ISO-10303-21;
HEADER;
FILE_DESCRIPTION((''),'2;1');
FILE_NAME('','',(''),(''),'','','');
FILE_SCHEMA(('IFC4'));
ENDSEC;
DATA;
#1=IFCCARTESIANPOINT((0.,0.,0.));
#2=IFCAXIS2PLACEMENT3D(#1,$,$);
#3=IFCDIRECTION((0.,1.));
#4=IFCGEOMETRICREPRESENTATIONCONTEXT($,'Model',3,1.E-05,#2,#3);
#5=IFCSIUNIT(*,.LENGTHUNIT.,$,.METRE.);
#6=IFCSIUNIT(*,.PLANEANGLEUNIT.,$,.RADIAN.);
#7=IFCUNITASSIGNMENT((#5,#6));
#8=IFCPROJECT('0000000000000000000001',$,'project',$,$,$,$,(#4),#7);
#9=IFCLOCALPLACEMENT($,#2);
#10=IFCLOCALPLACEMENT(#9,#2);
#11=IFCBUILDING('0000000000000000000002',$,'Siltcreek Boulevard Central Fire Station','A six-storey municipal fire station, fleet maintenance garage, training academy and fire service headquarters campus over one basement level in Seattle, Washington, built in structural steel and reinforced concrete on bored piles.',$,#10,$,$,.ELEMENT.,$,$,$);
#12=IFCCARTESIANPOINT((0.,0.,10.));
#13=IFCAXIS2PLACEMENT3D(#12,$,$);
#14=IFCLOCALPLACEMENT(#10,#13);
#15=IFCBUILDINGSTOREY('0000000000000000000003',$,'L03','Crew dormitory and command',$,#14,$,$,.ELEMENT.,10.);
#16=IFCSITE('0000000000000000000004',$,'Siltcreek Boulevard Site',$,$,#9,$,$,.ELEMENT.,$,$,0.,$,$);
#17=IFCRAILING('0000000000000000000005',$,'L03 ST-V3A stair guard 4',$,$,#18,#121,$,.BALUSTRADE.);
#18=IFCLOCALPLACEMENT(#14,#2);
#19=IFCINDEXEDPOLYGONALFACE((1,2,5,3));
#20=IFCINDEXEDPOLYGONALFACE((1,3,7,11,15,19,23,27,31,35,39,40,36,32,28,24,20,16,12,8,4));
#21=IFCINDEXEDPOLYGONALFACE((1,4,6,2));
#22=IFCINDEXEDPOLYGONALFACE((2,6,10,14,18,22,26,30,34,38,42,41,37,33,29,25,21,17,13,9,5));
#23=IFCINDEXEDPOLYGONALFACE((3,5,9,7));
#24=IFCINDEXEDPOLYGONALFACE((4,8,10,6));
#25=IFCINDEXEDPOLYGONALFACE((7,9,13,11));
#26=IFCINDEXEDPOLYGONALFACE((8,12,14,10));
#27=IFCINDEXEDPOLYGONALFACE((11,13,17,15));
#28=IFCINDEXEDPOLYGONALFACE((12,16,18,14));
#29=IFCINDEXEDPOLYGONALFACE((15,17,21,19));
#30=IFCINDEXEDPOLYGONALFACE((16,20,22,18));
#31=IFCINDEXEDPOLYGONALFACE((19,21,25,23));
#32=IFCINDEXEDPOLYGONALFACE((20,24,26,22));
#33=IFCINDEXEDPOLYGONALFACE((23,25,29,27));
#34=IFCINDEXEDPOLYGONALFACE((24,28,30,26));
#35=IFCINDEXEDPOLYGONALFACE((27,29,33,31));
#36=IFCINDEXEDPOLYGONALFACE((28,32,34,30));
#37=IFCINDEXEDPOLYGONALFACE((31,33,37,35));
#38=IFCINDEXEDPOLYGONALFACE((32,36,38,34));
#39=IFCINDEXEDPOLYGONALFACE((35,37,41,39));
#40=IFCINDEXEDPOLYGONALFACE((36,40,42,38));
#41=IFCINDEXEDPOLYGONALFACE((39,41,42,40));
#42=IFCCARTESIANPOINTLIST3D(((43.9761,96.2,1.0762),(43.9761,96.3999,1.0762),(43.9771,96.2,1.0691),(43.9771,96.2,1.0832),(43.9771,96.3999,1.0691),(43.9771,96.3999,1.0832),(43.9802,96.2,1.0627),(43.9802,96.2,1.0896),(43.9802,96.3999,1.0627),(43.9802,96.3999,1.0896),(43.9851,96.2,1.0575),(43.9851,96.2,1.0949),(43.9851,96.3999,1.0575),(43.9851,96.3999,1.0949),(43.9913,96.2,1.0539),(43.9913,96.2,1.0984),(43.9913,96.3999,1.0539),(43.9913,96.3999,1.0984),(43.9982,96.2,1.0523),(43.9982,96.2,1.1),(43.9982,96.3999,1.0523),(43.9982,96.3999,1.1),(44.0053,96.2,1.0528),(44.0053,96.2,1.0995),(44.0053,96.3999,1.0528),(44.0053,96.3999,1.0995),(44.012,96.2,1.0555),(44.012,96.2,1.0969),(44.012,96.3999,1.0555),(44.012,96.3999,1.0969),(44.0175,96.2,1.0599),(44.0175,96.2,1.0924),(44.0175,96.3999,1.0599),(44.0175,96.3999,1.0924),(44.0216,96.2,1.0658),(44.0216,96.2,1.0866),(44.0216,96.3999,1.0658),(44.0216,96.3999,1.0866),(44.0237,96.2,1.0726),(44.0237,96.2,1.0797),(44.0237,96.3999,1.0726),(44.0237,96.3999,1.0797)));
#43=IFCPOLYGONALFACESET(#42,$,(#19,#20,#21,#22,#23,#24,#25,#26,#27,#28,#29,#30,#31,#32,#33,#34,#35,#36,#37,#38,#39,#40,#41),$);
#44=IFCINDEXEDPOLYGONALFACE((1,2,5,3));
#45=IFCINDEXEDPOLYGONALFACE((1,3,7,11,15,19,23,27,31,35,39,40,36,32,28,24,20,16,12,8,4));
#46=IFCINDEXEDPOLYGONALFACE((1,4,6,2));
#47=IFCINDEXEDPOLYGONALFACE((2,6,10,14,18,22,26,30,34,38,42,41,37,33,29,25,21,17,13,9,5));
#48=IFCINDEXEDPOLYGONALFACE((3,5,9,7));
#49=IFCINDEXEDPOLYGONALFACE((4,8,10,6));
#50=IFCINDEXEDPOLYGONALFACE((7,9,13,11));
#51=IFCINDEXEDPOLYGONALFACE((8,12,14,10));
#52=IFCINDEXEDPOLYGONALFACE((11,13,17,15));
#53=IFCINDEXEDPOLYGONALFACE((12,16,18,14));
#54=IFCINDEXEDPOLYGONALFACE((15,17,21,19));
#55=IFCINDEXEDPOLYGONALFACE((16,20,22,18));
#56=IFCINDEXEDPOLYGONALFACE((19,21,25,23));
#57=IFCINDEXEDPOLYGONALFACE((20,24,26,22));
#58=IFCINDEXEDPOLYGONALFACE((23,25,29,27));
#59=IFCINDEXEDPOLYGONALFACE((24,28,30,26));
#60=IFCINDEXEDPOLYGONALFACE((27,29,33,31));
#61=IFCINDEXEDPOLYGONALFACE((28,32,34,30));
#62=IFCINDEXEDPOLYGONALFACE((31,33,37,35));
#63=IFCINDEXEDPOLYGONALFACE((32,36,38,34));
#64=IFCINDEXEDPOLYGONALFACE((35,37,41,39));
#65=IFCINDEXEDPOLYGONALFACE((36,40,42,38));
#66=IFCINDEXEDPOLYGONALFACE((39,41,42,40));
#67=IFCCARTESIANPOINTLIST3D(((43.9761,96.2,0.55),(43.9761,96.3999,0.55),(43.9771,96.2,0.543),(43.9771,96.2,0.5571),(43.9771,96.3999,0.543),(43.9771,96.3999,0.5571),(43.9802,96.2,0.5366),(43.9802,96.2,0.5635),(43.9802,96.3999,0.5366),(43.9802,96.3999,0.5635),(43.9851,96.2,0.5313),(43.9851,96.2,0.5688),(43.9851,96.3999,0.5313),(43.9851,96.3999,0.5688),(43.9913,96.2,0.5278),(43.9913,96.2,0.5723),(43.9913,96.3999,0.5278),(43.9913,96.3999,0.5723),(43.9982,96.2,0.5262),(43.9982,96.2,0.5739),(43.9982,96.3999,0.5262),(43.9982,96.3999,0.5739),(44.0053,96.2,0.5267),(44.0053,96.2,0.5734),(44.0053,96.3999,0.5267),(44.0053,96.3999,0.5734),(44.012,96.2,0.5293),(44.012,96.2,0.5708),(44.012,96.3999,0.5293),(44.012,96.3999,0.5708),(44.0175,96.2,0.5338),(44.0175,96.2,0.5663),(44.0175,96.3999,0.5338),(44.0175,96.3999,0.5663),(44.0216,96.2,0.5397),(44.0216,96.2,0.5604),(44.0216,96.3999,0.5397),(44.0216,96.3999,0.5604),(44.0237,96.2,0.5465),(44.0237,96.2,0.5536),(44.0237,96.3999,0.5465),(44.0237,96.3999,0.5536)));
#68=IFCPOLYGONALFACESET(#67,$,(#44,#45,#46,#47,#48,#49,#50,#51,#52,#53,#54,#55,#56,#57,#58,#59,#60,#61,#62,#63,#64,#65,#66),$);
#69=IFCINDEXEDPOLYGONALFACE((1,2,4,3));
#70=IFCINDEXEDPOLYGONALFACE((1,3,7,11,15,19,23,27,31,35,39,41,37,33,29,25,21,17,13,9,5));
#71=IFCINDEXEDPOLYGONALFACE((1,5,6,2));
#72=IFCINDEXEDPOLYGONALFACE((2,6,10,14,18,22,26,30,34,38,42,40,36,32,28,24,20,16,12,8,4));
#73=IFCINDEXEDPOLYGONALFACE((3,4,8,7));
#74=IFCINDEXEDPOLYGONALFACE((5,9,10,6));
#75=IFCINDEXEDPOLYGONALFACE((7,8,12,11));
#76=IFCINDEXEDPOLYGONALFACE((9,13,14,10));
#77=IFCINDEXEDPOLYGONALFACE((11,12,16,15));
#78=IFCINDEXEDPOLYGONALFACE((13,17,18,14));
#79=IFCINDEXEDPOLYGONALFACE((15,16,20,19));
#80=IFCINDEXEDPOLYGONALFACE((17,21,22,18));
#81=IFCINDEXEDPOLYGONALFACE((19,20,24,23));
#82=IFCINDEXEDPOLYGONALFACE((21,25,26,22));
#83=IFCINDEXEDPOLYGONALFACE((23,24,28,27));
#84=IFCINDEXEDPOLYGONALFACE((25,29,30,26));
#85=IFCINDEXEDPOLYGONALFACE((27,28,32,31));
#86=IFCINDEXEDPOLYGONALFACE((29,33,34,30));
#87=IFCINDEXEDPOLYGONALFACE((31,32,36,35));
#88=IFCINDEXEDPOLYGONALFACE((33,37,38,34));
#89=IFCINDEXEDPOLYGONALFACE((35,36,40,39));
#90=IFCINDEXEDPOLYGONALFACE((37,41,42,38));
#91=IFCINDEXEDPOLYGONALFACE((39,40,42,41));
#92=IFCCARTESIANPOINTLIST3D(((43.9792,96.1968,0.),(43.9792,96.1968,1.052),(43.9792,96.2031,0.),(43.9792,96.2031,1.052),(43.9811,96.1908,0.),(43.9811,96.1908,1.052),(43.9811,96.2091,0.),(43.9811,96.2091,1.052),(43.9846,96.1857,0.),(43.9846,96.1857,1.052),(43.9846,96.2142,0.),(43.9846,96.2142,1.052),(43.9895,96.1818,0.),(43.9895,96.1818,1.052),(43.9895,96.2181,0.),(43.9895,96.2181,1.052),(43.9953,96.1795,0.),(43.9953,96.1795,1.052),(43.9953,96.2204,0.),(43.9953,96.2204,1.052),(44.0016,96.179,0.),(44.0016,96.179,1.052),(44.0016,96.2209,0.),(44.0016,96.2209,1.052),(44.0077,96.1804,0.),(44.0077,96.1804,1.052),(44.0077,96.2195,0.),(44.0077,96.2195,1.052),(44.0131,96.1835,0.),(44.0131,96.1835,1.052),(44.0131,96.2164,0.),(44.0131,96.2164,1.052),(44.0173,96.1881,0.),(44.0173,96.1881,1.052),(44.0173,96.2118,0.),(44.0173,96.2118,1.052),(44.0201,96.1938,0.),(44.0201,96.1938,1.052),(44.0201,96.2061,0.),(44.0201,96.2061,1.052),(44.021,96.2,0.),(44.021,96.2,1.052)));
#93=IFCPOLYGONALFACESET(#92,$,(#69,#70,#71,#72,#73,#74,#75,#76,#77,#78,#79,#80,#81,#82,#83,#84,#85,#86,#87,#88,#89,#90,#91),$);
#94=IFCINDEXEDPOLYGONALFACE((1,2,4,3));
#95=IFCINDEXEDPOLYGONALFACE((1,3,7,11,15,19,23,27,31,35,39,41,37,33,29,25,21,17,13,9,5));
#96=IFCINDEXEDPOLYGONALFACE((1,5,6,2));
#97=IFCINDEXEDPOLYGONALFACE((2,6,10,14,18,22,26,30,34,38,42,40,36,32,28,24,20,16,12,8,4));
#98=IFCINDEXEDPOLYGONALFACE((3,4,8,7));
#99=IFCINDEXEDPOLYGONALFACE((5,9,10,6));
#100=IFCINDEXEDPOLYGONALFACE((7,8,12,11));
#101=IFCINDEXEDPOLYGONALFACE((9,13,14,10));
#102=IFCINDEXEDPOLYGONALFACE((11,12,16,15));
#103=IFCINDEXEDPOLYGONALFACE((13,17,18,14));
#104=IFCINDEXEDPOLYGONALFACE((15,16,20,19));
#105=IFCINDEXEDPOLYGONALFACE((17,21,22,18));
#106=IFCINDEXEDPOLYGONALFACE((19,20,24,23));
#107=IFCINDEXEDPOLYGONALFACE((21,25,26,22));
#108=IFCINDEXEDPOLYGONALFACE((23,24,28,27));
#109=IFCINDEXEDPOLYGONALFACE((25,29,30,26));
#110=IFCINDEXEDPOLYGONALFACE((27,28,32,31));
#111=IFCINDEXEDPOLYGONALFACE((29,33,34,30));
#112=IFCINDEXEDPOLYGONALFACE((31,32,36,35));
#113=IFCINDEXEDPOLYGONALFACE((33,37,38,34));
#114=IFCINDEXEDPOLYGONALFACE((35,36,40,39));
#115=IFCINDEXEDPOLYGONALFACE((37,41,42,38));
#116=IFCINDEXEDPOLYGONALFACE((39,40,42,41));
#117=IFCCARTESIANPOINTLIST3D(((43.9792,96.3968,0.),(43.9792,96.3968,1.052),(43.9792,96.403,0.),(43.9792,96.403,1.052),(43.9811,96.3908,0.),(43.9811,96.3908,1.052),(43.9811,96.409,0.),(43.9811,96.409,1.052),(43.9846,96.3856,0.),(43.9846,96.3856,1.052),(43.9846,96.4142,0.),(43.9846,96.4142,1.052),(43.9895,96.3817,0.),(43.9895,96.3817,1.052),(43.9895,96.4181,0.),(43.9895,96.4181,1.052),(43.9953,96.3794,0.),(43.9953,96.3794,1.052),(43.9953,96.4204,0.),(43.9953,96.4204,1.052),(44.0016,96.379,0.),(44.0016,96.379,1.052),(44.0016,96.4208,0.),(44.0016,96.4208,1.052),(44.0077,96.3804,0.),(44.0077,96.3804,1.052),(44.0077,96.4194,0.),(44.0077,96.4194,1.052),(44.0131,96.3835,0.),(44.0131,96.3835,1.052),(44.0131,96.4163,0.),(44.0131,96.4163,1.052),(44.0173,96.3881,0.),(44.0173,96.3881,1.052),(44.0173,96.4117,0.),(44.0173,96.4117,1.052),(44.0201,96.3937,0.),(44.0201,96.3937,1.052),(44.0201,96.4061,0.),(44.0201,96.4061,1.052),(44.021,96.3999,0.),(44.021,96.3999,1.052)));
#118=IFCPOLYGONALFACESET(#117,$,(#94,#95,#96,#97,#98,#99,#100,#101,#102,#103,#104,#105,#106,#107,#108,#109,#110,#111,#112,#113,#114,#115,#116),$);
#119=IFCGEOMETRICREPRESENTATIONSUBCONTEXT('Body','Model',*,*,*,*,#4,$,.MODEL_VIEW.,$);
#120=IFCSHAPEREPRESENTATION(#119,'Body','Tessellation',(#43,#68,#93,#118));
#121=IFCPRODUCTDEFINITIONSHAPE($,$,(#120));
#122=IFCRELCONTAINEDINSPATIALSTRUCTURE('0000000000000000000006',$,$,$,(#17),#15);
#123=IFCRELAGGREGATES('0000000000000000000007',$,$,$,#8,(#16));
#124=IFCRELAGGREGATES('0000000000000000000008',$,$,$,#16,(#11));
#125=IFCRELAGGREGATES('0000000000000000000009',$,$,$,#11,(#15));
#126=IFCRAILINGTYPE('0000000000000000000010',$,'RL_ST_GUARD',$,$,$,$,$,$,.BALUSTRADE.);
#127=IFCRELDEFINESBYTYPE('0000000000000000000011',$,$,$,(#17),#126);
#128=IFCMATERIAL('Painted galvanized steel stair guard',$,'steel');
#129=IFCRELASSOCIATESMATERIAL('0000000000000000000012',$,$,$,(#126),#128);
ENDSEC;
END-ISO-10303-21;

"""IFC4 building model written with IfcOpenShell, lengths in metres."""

from ifc_helpers import new_model, si_unit, direction, frame, origin, origin_2d, place, context, subcontext, project, spatial, circle, extrude, material, type_object, element, save


model = new_model("IFC4")

# Units and contexts
model_context = context("Model", 3, precision=1e-05, world=origin(), true_north=direction((0.0, 1.0)))
body_context = subcontext(model_context, "Body", "Model", "MODEL_VIEW")
ifc_project = project(units=[si_unit("LENGTHUNIT", "METRE"), si_unit("PLANEANGLEUNIT", "RADIAN")], contexts=[model_context])

# Site, building, storey
site_placement = place(None, origin())
site = spatial("IfcSite", under=ifc_project, at=site_placement, Name="Siltcreek Boulevard Site", CompositionType="ELEMENT", RefElevation=0.0)
building_placement = place(site_placement, origin())
building = spatial("IfcBuilding", under=site, at=building_placement, Name="Siltcreek Boulevard Central Fire Station", Description="A six-storey municipal fire station, fleet maintenance garage, training academy and fire service headquarters campus over one basement level in Seattle, Washington, built in structural steel and reinforced concrete on bored piles.", CompositionType="ELEMENT")
storey_placement = place(building_placement, frame((0.0, 0.0, 10.0)))
storey = spatial("IfcBuildingStorey", under=building, at=storey_placement, Name="L03", Description="Crew dormitory and command", CompositionType="ELEMENT", Elevation=10.0)

# Railing
ifc_material_1 = material(Name="Painted galvanized steel stair guard", Category="steel")
railing_type_1 = type_object("IfcRailingType", Name="RL_ST_GUARD", PredefinedType="BALUSTRADE", material=ifc_material_1)
railing_1_placement = place(storey_placement, frame((44.0, 96.2, 0.0)))
element("IfcRailing", 1, at=railing_1_placement, inside=storey, type_object=railing_type_1, Name="L03 ST-V3A stair guard 4", PredefinedType="BALUSTRADE", context=body_context, shape_type="SweptSolid", body=[
    extrude(circle(Radius=0.0239, at=origin_2d()), frame((0.0, 0.0, 1.0762), z_axis=(0.0, 1.0, 0.0), x_axis=(-1.0, 0.0, 0.0)), (0.0, 0.0, 1.0), 0.2),
    extrude(circle(Radius=0.0239, at=origin_2d()), frame((0.0, 0.0, 0.55), z_axis=(0.0, 1.0, 0.0), x_axis=(-1.0, 0.0, 0.0)), (0.0, 0.0, 1.0), 0.2),
    extrude(circle(Radius=0.021, at=origin_2d()), origin(), (0.0, 0.0, 1.0), 1.052),
    extrude(circle(Radius=0.021, at=origin_2d()), frame((0.0, 0.2, 0.0)), (0.0, 0.0, 1.0), 1.052),
])

save(model, "model.ifc")
